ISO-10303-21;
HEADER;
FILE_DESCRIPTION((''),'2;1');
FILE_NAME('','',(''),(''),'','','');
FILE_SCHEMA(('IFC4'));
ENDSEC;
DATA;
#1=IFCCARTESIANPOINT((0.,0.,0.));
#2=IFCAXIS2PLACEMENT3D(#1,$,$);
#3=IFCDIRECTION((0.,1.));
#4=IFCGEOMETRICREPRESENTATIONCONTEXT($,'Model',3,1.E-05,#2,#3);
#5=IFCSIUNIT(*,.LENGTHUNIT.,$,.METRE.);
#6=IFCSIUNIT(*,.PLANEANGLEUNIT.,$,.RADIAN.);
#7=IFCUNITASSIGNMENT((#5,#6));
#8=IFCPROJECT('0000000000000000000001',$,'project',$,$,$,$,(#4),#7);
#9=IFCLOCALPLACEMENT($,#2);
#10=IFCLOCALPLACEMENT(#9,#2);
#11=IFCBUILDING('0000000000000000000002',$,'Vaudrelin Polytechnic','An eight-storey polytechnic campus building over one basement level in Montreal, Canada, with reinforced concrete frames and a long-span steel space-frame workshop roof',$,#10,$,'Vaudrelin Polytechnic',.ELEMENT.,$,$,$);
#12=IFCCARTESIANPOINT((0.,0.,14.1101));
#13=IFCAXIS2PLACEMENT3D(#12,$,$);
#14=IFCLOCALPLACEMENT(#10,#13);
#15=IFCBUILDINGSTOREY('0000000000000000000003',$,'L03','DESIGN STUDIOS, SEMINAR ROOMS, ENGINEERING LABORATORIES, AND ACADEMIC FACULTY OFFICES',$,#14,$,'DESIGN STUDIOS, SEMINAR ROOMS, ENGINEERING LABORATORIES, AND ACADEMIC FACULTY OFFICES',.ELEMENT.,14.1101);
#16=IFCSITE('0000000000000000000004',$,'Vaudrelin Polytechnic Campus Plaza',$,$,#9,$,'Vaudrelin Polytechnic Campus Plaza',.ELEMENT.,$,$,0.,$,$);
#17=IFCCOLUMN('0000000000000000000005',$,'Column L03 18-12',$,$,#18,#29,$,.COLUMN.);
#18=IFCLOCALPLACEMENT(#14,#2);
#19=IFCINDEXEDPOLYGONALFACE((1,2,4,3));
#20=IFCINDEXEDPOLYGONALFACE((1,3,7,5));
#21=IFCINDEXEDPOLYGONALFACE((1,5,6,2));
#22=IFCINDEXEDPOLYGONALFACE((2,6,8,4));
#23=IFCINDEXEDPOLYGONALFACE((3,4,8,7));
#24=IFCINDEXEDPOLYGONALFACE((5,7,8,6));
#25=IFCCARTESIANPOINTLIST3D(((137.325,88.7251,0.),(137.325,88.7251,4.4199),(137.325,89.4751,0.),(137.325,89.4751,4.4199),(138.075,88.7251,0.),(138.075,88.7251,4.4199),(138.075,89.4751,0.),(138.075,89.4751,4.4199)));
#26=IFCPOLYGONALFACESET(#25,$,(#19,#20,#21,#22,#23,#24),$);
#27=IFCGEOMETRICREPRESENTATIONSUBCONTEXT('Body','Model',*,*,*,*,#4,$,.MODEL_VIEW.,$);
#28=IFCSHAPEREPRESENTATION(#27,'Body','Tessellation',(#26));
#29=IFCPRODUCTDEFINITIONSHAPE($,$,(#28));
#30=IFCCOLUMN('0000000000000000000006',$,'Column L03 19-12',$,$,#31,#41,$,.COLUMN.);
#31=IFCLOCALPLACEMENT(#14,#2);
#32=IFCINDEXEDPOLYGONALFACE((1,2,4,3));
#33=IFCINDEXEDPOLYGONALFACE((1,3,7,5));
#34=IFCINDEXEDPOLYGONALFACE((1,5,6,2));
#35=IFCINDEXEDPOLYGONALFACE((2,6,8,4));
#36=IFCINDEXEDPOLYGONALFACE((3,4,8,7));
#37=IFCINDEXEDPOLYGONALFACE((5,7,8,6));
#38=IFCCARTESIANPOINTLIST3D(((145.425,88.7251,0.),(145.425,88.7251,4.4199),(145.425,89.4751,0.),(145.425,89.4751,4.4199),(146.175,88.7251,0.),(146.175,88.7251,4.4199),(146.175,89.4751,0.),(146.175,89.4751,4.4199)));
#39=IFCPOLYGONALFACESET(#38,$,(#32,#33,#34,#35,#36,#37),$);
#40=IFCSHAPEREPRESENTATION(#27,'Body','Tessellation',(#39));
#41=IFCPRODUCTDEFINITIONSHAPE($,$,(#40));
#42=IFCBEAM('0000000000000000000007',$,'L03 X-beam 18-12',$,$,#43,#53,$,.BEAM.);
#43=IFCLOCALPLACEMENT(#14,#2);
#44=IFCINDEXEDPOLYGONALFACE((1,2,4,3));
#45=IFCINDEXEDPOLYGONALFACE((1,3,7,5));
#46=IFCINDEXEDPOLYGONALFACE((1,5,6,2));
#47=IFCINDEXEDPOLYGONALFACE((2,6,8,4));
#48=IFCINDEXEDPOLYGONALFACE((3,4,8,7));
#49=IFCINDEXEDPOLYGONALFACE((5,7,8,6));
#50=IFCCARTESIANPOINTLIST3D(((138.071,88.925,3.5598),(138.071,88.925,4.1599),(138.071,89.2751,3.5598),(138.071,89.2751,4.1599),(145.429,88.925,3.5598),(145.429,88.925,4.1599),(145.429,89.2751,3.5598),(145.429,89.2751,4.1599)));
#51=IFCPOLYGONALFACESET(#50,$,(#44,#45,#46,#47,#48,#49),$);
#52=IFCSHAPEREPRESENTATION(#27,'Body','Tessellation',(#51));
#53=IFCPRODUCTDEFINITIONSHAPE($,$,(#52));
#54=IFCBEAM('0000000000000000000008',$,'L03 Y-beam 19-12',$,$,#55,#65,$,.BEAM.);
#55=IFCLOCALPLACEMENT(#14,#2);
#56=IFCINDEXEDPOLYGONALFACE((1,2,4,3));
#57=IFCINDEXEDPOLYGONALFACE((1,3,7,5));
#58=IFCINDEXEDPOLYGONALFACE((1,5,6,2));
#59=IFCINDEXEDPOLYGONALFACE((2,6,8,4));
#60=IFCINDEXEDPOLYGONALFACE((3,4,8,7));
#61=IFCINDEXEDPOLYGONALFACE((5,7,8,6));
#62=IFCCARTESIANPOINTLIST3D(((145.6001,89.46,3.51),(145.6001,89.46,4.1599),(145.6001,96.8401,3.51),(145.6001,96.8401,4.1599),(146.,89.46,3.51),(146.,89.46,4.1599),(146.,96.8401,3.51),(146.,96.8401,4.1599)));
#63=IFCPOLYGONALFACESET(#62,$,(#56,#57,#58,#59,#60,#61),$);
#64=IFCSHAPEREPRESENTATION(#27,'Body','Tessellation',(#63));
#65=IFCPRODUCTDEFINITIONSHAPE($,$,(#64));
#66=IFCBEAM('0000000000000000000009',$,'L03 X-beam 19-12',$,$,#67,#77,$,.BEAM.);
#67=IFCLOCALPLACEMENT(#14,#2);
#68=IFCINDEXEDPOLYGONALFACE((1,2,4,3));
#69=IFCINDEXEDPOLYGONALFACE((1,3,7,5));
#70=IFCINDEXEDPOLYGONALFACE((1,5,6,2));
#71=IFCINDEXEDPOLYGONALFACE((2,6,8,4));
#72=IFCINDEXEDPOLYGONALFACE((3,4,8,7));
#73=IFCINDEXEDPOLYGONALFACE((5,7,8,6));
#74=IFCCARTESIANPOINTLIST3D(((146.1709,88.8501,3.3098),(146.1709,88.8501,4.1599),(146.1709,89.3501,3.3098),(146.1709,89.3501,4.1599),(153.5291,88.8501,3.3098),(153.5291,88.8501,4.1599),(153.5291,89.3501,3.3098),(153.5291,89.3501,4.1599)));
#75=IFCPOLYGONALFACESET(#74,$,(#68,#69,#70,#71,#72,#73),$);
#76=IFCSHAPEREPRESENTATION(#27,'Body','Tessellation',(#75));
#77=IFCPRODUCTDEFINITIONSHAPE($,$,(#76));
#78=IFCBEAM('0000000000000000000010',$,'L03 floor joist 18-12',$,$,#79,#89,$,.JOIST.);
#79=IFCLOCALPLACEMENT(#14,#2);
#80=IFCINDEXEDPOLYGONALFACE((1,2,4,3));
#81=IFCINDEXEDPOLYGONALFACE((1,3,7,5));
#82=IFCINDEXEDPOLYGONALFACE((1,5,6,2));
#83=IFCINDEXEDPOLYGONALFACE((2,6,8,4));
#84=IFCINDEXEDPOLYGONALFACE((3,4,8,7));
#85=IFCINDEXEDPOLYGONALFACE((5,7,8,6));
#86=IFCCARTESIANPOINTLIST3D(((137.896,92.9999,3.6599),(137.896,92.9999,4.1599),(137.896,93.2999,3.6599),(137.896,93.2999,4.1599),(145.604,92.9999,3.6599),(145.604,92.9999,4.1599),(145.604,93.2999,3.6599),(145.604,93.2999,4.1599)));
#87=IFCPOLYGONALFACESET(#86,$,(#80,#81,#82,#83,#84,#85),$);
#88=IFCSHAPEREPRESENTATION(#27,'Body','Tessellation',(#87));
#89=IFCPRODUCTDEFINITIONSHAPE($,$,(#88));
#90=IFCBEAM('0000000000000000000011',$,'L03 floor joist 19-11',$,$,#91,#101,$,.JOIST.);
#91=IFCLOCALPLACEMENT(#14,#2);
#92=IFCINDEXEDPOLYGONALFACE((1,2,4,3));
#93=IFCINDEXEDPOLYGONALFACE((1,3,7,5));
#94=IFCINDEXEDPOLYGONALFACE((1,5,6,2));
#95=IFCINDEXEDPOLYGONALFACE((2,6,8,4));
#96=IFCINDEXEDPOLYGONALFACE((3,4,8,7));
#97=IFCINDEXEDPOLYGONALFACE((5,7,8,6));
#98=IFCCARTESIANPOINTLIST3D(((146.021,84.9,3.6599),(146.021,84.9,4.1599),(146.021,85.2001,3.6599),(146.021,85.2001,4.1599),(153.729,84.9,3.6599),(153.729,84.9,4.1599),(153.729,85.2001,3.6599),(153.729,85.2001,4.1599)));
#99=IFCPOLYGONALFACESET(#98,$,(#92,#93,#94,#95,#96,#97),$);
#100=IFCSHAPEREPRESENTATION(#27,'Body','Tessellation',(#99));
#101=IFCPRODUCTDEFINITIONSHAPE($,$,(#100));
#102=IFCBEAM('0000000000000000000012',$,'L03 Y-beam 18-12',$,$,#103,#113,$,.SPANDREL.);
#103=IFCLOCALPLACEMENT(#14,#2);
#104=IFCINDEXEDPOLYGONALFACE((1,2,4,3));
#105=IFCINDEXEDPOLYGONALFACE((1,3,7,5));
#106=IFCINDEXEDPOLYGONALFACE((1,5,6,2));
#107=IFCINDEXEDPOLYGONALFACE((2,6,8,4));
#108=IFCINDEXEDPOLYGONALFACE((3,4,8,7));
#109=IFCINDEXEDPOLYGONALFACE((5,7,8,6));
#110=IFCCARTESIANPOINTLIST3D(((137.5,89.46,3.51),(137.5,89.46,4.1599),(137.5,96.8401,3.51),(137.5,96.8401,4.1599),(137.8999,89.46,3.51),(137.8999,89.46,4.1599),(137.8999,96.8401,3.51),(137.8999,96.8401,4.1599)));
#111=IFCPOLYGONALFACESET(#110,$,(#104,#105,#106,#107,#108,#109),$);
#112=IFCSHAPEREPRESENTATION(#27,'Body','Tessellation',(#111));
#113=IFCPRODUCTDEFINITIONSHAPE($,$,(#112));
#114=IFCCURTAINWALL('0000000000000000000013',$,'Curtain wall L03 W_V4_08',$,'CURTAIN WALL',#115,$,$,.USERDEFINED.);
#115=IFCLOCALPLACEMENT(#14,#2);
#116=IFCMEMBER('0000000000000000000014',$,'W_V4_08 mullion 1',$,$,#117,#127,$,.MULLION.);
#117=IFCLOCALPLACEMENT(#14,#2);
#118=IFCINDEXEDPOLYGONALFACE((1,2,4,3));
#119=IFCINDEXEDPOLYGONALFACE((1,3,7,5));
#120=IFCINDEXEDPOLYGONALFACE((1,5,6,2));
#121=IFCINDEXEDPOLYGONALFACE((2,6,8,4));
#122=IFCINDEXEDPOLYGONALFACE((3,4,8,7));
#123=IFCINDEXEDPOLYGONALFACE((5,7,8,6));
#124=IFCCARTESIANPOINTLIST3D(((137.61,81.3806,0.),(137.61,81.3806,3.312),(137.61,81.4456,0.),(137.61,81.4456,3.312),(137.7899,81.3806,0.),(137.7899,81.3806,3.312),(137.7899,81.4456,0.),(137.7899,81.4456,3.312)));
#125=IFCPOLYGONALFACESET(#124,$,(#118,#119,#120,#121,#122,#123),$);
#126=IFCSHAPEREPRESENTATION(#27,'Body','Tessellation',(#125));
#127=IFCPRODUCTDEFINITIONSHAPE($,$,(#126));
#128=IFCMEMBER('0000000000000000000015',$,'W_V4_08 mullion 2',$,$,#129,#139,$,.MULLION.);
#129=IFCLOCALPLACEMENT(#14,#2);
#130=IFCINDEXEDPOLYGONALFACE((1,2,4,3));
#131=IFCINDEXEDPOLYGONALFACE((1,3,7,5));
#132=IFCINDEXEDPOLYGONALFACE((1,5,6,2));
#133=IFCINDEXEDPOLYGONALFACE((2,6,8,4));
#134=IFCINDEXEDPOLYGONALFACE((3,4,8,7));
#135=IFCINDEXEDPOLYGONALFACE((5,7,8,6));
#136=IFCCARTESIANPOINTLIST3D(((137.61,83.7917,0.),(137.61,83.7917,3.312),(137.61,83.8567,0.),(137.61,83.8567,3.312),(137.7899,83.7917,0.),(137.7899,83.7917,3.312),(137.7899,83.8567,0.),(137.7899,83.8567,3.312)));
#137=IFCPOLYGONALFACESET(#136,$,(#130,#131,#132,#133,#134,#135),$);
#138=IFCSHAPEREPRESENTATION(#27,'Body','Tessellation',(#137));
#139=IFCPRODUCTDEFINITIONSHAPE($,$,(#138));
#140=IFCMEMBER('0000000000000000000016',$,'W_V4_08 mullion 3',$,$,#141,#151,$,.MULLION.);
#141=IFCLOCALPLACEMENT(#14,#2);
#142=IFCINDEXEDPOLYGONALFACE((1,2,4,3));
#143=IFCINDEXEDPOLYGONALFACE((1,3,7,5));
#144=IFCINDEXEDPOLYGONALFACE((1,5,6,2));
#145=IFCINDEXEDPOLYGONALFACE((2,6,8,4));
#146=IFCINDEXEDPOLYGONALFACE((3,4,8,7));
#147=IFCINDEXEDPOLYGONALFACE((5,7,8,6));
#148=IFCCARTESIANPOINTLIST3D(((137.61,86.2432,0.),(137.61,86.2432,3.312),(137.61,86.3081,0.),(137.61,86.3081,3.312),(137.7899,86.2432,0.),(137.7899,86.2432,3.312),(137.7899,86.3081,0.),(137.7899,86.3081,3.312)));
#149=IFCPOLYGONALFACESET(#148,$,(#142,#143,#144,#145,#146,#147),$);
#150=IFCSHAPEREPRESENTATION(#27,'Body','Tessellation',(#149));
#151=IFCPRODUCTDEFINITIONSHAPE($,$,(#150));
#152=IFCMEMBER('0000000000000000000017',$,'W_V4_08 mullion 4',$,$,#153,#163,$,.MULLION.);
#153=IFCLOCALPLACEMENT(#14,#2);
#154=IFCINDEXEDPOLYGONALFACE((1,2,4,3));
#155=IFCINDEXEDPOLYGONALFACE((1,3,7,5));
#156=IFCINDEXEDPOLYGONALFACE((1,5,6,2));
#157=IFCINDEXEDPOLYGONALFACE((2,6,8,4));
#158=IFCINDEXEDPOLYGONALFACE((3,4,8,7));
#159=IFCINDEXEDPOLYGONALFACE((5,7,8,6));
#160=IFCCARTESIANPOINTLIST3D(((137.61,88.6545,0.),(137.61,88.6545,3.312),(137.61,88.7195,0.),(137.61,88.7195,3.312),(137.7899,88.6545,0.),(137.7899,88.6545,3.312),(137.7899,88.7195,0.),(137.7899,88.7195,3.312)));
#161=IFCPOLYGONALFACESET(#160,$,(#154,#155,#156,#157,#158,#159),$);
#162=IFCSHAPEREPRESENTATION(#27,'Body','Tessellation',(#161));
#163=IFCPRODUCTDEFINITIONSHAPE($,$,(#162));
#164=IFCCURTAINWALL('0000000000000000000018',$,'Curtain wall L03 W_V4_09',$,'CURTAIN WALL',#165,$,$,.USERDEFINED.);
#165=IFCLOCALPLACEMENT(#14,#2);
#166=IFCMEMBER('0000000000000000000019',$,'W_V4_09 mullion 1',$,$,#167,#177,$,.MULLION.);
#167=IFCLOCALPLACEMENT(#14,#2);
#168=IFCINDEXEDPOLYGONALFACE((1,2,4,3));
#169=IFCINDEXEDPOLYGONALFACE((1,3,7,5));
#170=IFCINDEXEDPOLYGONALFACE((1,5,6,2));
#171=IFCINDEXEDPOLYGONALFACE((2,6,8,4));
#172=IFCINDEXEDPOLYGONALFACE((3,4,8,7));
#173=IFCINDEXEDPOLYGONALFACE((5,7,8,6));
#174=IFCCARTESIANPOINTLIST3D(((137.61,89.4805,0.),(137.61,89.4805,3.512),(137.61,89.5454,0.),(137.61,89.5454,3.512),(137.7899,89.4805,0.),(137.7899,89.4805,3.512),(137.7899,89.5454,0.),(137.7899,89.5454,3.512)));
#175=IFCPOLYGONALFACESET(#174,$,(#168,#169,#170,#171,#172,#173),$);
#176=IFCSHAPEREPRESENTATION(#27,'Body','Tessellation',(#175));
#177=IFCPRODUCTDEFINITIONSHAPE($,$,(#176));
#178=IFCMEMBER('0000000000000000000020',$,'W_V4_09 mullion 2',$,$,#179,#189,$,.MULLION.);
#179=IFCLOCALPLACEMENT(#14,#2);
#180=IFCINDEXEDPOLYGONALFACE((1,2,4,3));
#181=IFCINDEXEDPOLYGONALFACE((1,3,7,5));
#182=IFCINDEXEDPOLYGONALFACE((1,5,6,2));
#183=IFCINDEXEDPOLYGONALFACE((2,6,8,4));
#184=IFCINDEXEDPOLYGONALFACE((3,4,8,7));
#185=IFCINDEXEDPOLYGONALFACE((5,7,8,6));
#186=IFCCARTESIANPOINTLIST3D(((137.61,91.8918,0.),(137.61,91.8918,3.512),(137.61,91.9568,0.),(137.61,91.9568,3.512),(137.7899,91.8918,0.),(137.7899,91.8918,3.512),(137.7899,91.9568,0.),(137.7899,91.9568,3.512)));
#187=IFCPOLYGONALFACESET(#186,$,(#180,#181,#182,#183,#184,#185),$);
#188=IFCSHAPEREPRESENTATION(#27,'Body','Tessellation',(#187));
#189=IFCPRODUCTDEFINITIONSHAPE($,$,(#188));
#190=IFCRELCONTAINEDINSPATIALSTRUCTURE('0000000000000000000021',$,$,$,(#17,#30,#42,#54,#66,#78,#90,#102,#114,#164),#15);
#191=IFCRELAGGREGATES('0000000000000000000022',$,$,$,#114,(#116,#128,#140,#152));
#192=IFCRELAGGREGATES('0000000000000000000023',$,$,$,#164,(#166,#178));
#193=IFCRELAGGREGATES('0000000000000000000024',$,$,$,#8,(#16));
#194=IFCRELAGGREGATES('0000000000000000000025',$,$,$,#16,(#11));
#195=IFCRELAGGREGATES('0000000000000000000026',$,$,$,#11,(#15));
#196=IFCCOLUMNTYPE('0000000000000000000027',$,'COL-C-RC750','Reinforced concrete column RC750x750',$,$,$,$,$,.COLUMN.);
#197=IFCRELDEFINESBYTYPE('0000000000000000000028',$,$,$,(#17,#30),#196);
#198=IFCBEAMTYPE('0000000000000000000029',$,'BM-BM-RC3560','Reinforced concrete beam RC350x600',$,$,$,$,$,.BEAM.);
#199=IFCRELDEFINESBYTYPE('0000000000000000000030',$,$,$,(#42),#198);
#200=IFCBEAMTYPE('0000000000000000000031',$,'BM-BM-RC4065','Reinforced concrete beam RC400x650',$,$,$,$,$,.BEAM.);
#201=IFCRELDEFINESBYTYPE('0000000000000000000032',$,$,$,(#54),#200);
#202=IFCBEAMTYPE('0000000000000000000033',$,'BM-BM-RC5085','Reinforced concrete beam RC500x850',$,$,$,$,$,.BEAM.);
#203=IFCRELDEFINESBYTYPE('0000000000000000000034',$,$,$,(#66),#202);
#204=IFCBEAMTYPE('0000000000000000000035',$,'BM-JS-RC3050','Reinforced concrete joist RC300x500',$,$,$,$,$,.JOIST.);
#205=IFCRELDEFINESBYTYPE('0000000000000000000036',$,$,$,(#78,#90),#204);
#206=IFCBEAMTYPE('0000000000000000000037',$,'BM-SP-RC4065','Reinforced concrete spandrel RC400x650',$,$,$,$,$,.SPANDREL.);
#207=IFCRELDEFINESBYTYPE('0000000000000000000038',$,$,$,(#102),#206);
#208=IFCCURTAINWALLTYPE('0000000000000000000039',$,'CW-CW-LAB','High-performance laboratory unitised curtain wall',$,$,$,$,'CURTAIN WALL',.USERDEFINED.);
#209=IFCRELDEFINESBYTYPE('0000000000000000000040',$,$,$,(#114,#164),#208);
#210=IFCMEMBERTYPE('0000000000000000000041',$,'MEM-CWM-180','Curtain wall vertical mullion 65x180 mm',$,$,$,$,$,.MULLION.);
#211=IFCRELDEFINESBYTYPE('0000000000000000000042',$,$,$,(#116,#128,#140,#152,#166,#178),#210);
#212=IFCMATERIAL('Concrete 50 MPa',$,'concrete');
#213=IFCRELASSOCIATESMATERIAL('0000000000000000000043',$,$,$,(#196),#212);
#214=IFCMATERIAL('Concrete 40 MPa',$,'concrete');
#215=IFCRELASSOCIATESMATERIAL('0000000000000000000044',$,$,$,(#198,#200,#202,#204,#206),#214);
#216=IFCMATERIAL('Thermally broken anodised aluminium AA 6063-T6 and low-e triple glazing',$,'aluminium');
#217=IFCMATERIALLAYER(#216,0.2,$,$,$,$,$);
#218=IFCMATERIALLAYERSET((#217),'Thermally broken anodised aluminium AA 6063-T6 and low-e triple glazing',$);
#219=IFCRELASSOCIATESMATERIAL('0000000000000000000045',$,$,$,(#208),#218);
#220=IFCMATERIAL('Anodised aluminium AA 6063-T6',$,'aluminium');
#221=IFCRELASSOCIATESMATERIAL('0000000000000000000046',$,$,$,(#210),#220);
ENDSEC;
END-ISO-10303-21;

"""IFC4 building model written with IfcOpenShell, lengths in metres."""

from ifc_helpers import new_model, si_unit, direction, frame, origin, origin_2d, place, context, subcontext, project, spatial, rectangle, extrude, material, layer, layer_set, material_profile, profile_set, type_object, element, aggregate, save


model = new_model("IFC4")

# Units and contexts
model_context = context("Model", 3, precision=1e-05, world=origin(), true_north=direction((0.0, 1.0)))
body_context = subcontext(model_context, "Body", "Model", "MODEL_VIEW")
ifc_project = project(units=[si_unit("LENGTHUNIT", "METRE"), si_unit("PLANEANGLEUNIT", "RADIAN")], contexts=[model_context])

# Site, building, storey
site_placement = place(None, origin())
site = spatial("IfcSite", under=ifc_project, at=site_placement, Name="Vaudrelin Polytechnic Campus Plaza", LongName="Vaudrelin Polytechnic Campus Plaza", CompositionType="ELEMENT", RefElevation=0.0)
building_placement = place(site_placement, origin())
building = spatial("IfcBuilding", under=site, at=building_placement, Name="Vaudrelin Polytechnic", Description="An eight-storey polytechnic campus building over one basement level in Montreal, Canada, with reinforced concrete frames and a long-span steel space-frame workshop roof", LongName="Vaudrelin Polytechnic", CompositionType="ELEMENT")
storey_placement = place(building_placement, frame((0.0, 0.0, 14.1101)))
storey = spatial("IfcBuildingStorey", under=building, at=storey_placement, Name="L03", Description="DESIGN STUDIOS, SEMINAR ROOMS, ENGINEERING LABORATORIES, AND ACADEMIC FACULTY OFFICES", LongName="DESIGN STUDIOS, SEMINAR ROOMS, ENGINEERING LABORATORIES, AND ACADEMIC FACULTY OFFICES", CompositionType="ELEMENT", Elevation=14.1101)

# Columns
ifc_material_1 = material(Name="Concrete 50 MPa", Category="concrete")
ifc_material_profile_1 = material_profile(ifc_material_1, rectangle(XDim=0.75, YDim=0.75, at=origin_2d()), Name="RC750x750")
ifc_profile_set_1 = profile_set([ifc_material_profile_1], Name="Concrete 50 MPa")
column_type = type_object("IfcColumnType", Name="COL-C-RC750", Description="Reinforced concrete column RC750x750", PredefinedType="COLUMN", material=ifc_profile_set_1)
for number, where, z_axis, x_axis, name in (
    (1, (137.7, 89.1001, 0.0), (0.0, 0.0, 1.0), (1.0, 0.0, 0.0), "Column L03 18-12"),
    (2, (145.8, 89.1001, 0.0), (0.0, 0.0, 1.0), (1.0, 0.0, 0.0), "Column L03 19-12"),
):
    element("IfcColumn", number, at=place(storey_placement, frame(where, z_axis=z_axis, x_axis=x_axis)), inside=storey, type_object=column_type, Name=name, PredefinedType="COLUMN", context=body_context, shape_type="SweptSolid", body=[
        extrude(rectangle(XDim=0.75, YDim=0.75, at=origin_2d()), origin(), (0.0, 0.0, 1.0), 4.4199),
    ])

# Beams
ifc_material_2 = material(Name="Concrete 40 MPa", Category="concrete")
ifc_material_profile_2 = material_profile(ifc_material_2, rectangle(XDim=0.3501, YDim=0.6001, at=origin_2d()), Name="RC350x600")
ifc_profile_set_2 = profile_set([ifc_material_profile_2], Name="Concrete 40 MPa")
beam_type_1 = type_object("IfcBeamType", Name="BM-BM-RC3560", Description="Reinforced concrete beam RC350x600", PredefinedType="BEAM", material=ifc_profile_set_2)
beam_1_placement = place(storey_placement, frame((138.071, 89.1001, 3.8599), z_axis=(1.0, 0.0, 0.0), x_axis=(0.0, 1.0, 0.0)))
element("IfcBeam", 3, at=beam_1_placement, inside=storey, type_object=beam_type_1, Name="L03 X-beam 18-12", PredefinedType="BEAM", context=body_context, shape_type="SweptSolid", body=[
    extrude(rectangle(XDim=0.3501, YDim=0.6001, at=origin_2d()), origin(), (0.0, 0.0, 1.0), 7.3579),
])
ifc_material_profile_3 = material_profile(ifc_material_2, rectangle(XDim=0.3999, YDim=0.6499, at=origin_2d()), Name="RC400x650")
ifc_profile_set_3 = profile_set([ifc_material_profile_3], Name="Concrete 40 MPa")
beam_type_2 = type_object("IfcBeamType", Name="BM-BM-RC4065", Description="Reinforced concrete beam RC400x650", PredefinedType="BEAM", material=ifc_profile_set_3)
beam_2_placement = place(storey_placement, frame((145.8, 89.46, 3.835), z_axis=(0.0, 1.0, 0.0), x_axis=(-1.0, 0.0, 0.0)))
element("IfcBeam", 4, at=beam_2_placement, inside=storey, type_object=beam_type_2, Name="L03 Y-beam 19-12", PredefinedType="BEAM", context=body_context, shape_type="SweptSolid", body=[
    extrude(rectangle(XDim=0.3999, YDim=0.6499, at=origin_2d()), origin(), (0.0, 0.0, 1.0), 7.3801),
])
ifc_material_profile_4 = material_profile(ifc_material_2, rectangle(XDim=0.5, YDim=0.8501, at=origin_2d()), Name="RC500x850")
ifc_profile_set_4 = profile_set([ifc_material_profile_4], Name="Concrete 40 MPa")
beam_type_3 = type_object("IfcBeamType", Name="BM-BM-RC5085", Description="Reinforced concrete beam RC500x850", PredefinedType="BEAM", material=ifc_profile_set_4)
beam_3_placement = place(storey_placement, frame((146.1709, 89.1001, 3.7349), z_axis=(1.0, 0.0, 0.0), x_axis=(0.0, 1.0, 0.0)))
element("IfcBeam", 5, at=beam_3_placement, inside=storey, type_object=beam_type_3, Name="L03 X-beam 19-12", PredefinedType="BEAM", context=body_context, shape_type="SweptSolid", body=[
    extrude(rectangle(XDim=0.5, YDim=0.8501, at=origin_2d()), origin(), (0.0, 0.0, 1.0), 7.3582),
])
ifc_material_profile_5 = material_profile(ifc_material_2, rectangle(XDim=0.3, YDim=0.5, at=origin_2d()), Name="RC300x500")
ifc_profile_set_5 = profile_set([ifc_material_profile_5], Name="Concrete 40 MPa")
beam_type_4 = type_object("IfcBeamType", Name="BM-JS-RC3050", Description="Reinforced concrete joist RC300x500", PredefinedType="JOIST", material=ifc_profile_set_5)
for number, where, z_axis, x_axis, name in (
    (6, (137.896, 93.1499, 3.9099), (1.0, 0.0, 0.0), (0.0, 1.0, 0.0), "L03 floor joist 18-12"),
    (7, (146.021, 85.05, 3.9099), (1.0, 0.0, 0.0), (0.0, 1.0, 0.0), "L03 floor joist 19-11"),
):
    element("IfcBeam", number, at=place(storey_placement, frame(where, z_axis=z_axis, x_axis=x_axis)), inside=storey, type_object=beam_type_4, Name=name, PredefinedType="JOIST", context=body_context, shape_type="SweptSolid", body=[
        extrude(rectangle(XDim=0.3, YDim=0.5, at=origin_2d()), origin(), (0.0, 0.0, 1.0), 7.708),
    ])
ifc_material_profile_6 = material_profile(ifc_material_2, rectangle(XDim=0.3999, YDim=0.6499, at=origin_2d()), Name="RC400x650")
ifc_profile_set_6 = profile_set([ifc_material_profile_6], Name="Concrete 40 MPa")
beam_type_5 = type_object("IfcBeamType", Name="BM-SP-RC4065", Description="Reinforced concrete spandrel RC400x650", PredefinedType="SPANDREL", material=ifc_profile_set_6)
beam_4_placement = place(storey_placement, frame((137.7, 89.46, 3.835), z_axis=(0.0, 1.0, 0.0), x_axis=(-1.0, 0.0, 0.0)))
element("IfcBeam", 8, at=beam_4_placement, inside=storey, type_object=beam_type_5, Name="L03 Y-beam 18-12", PredefinedType="SPANDREL", context=body_context, shape_type="SweptSolid", body=[
    extrude(rectangle(XDim=0.3999, YDim=0.6499, at=origin_2d()), origin(), (0.0, 0.0, 1.0), 7.3801),
])

# Curtain walls, members
ifc_material_3 = material(Name="Thermally broken anodised aluminium AA 6063-T6 and low-e triple glazing", Category="aluminium")
ifc_layer_1 = layer(ifc_material_3, 0.2)
ifc_layer_set_1 = layer_set([ifc_layer_1], Name="Thermally broken anodised aluminium AA 6063-T6 and low-e triple glazing")
curtain_wall_type = type_object("IfcCurtainWallType", Name="CW-CW-LAB", Description="High-performance laboratory unitised curtain wall", ElementType="CURTAIN WALL", PredefinedType="USERDEFINED", material=ifc_layer_set_1)
curtain_wall_1_placement = place(storey_placement, origin())
curtain_wall_1 = element("IfcCurtainWall", 9, at=curtain_wall_1_placement, inside=storey, type_object=curtain_wall_type, Name="Curtain wall L03 W_V4_08", ObjectType="CURTAIN WALL", PredefinedType="USERDEFINED")
ifc_material_4 = material(Name="Anodised aluminium AA 6063-T6", Category="aluminium")
ifc_material_profile_7 = material_profile(ifc_material_4, rectangle(XDim=0.0649, YDim=0.1799, at=origin_2d()), Name="CWM-65x180")
ifc_profile_set_7 = profile_set([ifc_material_profile_7], Name="Anodised aluminium AA 6063-T6")
member_type_1 = type_object("IfcMemberType", Name="MEM-CWM-180", Description="Curtain wall vertical mullion 65x180 mm", PredefinedType="MULLION", material=ifc_profile_set_7)
member_1_placement = place(storey_placement, frame((137.7, 81.4131, 0.0), z_axis=(0.0, 0.0, 1.0), x_axis=(0.0, 1.0, 0.0)))
member_1 = element("IfcMember", 10, at=member_1_placement, type_object=member_type_1, Name="W_V4_08 mullion 1", PredefinedType="MULLION", context=body_context, shape_type="SweptSolid", body=[
    extrude(rectangle(XDim=0.0649, YDim=0.1799, at=origin_2d()), origin(), (0.0, 0.0, 1.0), 3.312),
])
member_2_placement = place(storey_placement, frame((137.7, 83.8242, 0.0), z_axis=(0.0, 0.0, 1.0), x_axis=(0.0, 1.0, 0.0)))
member_2 = element("IfcMember", 11, at=member_2_placement, type_object=member_type_1, Name="W_V4_08 mullion 2", PredefinedType="MULLION", context=body_context, shape_type="SweptSolid", body=[
    extrude(rectangle(XDim=0.0649, YDim=0.1799, at=origin_2d()), origin(), (0.0, 0.0, 1.0), 3.312),
])
member_3_placement = place(storey_placement, frame((137.7, 86.2756, 0.0), z_axis=(0.0, 0.0, 1.0), x_axis=(0.0, 1.0, 0.0)))
member_3 = element("IfcMember", 12, at=member_3_placement, type_object=member_type_1, Name="W_V4_08 mullion 3", PredefinedType="MULLION", context=body_context, shape_type="SweptSolid", body=[
    extrude(rectangle(XDim=0.0649, YDim=0.1799, at=origin_2d()), origin(), (0.0, 0.0, 1.0), 3.312),
])
member_4_placement = place(storey_placement, frame((137.7, 88.687, 0.0), z_axis=(0.0, 0.0, 1.0), x_axis=(0.0, 1.0, 0.0)))
member_4 = element("IfcMember", 13, at=member_4_placement, type_object=member_type_1, Name="W_V4_08 mullion 4", PredefinedType="MULLION", context=body_context, shape_type="SweptSolid", body=[
    extrude(rectangle(XDim=0.0649, YDim=0.1799, at=origin_2d()), origin(), (0.0, 0.0, 1.0), 3.312),
])
curtain_wall_2_placement = place(storey_placement, origin())
curtain_wall_2 = element("IfcCurtainWall", 14, at=curtain_wall_2_placement, inside=storey, type_object=curtain_wall_type, Name="Curtain wall L03 W_V4_09", ObjectType="CURTAIN WALL", PredefinedType="USERDEFINED")
member_5_placement = place(storey_placement, frame((137.7, 89.5129, 0.0), z_axis=(0.0, 0.0, 1.0), x_axis=(0.0, 1.0, 0.0)))
member_5 = element("IfcMember", 15, at=member_5_placement, type_object=member_type_1, Name="W_V4_09 mullion 1", PredefinedType="MULLION", context=body_context, shape_type="SweptSolid", body=[
    extrude(rectangle(XDim=0.0649, YDim=0.1799, at=origin_2d()), origin(), (0.0, 0.0, 1.0), 3.512),
])
member_6_placement = place(storey_placement, frame((137.7, 91.9243, 0.0), z_axis=(0.0, 0.0, 1.0), x_axis=(0.0, 1.0, 0.0)))
member_6 = element("IfcMember", 16, at=member_6_placement, type_object=member_type_1, Name="W_V4_09 mullion 2", PredefinedType="MULLION", context=body_context, shape_type="SweptSolid", body=[
    extrude(rectangle(XDim=0.0649, YDim=0.1799, at=origin_2d()), origin(), (0.0, 0.0, 1.0), 3.512),
])

aggregate(curtain_wall_1, [member_1, member_2, member_3, member_4])
aggregate(curtain_wall_2, [member_5, member_6])

save(model, "model.ifc")
